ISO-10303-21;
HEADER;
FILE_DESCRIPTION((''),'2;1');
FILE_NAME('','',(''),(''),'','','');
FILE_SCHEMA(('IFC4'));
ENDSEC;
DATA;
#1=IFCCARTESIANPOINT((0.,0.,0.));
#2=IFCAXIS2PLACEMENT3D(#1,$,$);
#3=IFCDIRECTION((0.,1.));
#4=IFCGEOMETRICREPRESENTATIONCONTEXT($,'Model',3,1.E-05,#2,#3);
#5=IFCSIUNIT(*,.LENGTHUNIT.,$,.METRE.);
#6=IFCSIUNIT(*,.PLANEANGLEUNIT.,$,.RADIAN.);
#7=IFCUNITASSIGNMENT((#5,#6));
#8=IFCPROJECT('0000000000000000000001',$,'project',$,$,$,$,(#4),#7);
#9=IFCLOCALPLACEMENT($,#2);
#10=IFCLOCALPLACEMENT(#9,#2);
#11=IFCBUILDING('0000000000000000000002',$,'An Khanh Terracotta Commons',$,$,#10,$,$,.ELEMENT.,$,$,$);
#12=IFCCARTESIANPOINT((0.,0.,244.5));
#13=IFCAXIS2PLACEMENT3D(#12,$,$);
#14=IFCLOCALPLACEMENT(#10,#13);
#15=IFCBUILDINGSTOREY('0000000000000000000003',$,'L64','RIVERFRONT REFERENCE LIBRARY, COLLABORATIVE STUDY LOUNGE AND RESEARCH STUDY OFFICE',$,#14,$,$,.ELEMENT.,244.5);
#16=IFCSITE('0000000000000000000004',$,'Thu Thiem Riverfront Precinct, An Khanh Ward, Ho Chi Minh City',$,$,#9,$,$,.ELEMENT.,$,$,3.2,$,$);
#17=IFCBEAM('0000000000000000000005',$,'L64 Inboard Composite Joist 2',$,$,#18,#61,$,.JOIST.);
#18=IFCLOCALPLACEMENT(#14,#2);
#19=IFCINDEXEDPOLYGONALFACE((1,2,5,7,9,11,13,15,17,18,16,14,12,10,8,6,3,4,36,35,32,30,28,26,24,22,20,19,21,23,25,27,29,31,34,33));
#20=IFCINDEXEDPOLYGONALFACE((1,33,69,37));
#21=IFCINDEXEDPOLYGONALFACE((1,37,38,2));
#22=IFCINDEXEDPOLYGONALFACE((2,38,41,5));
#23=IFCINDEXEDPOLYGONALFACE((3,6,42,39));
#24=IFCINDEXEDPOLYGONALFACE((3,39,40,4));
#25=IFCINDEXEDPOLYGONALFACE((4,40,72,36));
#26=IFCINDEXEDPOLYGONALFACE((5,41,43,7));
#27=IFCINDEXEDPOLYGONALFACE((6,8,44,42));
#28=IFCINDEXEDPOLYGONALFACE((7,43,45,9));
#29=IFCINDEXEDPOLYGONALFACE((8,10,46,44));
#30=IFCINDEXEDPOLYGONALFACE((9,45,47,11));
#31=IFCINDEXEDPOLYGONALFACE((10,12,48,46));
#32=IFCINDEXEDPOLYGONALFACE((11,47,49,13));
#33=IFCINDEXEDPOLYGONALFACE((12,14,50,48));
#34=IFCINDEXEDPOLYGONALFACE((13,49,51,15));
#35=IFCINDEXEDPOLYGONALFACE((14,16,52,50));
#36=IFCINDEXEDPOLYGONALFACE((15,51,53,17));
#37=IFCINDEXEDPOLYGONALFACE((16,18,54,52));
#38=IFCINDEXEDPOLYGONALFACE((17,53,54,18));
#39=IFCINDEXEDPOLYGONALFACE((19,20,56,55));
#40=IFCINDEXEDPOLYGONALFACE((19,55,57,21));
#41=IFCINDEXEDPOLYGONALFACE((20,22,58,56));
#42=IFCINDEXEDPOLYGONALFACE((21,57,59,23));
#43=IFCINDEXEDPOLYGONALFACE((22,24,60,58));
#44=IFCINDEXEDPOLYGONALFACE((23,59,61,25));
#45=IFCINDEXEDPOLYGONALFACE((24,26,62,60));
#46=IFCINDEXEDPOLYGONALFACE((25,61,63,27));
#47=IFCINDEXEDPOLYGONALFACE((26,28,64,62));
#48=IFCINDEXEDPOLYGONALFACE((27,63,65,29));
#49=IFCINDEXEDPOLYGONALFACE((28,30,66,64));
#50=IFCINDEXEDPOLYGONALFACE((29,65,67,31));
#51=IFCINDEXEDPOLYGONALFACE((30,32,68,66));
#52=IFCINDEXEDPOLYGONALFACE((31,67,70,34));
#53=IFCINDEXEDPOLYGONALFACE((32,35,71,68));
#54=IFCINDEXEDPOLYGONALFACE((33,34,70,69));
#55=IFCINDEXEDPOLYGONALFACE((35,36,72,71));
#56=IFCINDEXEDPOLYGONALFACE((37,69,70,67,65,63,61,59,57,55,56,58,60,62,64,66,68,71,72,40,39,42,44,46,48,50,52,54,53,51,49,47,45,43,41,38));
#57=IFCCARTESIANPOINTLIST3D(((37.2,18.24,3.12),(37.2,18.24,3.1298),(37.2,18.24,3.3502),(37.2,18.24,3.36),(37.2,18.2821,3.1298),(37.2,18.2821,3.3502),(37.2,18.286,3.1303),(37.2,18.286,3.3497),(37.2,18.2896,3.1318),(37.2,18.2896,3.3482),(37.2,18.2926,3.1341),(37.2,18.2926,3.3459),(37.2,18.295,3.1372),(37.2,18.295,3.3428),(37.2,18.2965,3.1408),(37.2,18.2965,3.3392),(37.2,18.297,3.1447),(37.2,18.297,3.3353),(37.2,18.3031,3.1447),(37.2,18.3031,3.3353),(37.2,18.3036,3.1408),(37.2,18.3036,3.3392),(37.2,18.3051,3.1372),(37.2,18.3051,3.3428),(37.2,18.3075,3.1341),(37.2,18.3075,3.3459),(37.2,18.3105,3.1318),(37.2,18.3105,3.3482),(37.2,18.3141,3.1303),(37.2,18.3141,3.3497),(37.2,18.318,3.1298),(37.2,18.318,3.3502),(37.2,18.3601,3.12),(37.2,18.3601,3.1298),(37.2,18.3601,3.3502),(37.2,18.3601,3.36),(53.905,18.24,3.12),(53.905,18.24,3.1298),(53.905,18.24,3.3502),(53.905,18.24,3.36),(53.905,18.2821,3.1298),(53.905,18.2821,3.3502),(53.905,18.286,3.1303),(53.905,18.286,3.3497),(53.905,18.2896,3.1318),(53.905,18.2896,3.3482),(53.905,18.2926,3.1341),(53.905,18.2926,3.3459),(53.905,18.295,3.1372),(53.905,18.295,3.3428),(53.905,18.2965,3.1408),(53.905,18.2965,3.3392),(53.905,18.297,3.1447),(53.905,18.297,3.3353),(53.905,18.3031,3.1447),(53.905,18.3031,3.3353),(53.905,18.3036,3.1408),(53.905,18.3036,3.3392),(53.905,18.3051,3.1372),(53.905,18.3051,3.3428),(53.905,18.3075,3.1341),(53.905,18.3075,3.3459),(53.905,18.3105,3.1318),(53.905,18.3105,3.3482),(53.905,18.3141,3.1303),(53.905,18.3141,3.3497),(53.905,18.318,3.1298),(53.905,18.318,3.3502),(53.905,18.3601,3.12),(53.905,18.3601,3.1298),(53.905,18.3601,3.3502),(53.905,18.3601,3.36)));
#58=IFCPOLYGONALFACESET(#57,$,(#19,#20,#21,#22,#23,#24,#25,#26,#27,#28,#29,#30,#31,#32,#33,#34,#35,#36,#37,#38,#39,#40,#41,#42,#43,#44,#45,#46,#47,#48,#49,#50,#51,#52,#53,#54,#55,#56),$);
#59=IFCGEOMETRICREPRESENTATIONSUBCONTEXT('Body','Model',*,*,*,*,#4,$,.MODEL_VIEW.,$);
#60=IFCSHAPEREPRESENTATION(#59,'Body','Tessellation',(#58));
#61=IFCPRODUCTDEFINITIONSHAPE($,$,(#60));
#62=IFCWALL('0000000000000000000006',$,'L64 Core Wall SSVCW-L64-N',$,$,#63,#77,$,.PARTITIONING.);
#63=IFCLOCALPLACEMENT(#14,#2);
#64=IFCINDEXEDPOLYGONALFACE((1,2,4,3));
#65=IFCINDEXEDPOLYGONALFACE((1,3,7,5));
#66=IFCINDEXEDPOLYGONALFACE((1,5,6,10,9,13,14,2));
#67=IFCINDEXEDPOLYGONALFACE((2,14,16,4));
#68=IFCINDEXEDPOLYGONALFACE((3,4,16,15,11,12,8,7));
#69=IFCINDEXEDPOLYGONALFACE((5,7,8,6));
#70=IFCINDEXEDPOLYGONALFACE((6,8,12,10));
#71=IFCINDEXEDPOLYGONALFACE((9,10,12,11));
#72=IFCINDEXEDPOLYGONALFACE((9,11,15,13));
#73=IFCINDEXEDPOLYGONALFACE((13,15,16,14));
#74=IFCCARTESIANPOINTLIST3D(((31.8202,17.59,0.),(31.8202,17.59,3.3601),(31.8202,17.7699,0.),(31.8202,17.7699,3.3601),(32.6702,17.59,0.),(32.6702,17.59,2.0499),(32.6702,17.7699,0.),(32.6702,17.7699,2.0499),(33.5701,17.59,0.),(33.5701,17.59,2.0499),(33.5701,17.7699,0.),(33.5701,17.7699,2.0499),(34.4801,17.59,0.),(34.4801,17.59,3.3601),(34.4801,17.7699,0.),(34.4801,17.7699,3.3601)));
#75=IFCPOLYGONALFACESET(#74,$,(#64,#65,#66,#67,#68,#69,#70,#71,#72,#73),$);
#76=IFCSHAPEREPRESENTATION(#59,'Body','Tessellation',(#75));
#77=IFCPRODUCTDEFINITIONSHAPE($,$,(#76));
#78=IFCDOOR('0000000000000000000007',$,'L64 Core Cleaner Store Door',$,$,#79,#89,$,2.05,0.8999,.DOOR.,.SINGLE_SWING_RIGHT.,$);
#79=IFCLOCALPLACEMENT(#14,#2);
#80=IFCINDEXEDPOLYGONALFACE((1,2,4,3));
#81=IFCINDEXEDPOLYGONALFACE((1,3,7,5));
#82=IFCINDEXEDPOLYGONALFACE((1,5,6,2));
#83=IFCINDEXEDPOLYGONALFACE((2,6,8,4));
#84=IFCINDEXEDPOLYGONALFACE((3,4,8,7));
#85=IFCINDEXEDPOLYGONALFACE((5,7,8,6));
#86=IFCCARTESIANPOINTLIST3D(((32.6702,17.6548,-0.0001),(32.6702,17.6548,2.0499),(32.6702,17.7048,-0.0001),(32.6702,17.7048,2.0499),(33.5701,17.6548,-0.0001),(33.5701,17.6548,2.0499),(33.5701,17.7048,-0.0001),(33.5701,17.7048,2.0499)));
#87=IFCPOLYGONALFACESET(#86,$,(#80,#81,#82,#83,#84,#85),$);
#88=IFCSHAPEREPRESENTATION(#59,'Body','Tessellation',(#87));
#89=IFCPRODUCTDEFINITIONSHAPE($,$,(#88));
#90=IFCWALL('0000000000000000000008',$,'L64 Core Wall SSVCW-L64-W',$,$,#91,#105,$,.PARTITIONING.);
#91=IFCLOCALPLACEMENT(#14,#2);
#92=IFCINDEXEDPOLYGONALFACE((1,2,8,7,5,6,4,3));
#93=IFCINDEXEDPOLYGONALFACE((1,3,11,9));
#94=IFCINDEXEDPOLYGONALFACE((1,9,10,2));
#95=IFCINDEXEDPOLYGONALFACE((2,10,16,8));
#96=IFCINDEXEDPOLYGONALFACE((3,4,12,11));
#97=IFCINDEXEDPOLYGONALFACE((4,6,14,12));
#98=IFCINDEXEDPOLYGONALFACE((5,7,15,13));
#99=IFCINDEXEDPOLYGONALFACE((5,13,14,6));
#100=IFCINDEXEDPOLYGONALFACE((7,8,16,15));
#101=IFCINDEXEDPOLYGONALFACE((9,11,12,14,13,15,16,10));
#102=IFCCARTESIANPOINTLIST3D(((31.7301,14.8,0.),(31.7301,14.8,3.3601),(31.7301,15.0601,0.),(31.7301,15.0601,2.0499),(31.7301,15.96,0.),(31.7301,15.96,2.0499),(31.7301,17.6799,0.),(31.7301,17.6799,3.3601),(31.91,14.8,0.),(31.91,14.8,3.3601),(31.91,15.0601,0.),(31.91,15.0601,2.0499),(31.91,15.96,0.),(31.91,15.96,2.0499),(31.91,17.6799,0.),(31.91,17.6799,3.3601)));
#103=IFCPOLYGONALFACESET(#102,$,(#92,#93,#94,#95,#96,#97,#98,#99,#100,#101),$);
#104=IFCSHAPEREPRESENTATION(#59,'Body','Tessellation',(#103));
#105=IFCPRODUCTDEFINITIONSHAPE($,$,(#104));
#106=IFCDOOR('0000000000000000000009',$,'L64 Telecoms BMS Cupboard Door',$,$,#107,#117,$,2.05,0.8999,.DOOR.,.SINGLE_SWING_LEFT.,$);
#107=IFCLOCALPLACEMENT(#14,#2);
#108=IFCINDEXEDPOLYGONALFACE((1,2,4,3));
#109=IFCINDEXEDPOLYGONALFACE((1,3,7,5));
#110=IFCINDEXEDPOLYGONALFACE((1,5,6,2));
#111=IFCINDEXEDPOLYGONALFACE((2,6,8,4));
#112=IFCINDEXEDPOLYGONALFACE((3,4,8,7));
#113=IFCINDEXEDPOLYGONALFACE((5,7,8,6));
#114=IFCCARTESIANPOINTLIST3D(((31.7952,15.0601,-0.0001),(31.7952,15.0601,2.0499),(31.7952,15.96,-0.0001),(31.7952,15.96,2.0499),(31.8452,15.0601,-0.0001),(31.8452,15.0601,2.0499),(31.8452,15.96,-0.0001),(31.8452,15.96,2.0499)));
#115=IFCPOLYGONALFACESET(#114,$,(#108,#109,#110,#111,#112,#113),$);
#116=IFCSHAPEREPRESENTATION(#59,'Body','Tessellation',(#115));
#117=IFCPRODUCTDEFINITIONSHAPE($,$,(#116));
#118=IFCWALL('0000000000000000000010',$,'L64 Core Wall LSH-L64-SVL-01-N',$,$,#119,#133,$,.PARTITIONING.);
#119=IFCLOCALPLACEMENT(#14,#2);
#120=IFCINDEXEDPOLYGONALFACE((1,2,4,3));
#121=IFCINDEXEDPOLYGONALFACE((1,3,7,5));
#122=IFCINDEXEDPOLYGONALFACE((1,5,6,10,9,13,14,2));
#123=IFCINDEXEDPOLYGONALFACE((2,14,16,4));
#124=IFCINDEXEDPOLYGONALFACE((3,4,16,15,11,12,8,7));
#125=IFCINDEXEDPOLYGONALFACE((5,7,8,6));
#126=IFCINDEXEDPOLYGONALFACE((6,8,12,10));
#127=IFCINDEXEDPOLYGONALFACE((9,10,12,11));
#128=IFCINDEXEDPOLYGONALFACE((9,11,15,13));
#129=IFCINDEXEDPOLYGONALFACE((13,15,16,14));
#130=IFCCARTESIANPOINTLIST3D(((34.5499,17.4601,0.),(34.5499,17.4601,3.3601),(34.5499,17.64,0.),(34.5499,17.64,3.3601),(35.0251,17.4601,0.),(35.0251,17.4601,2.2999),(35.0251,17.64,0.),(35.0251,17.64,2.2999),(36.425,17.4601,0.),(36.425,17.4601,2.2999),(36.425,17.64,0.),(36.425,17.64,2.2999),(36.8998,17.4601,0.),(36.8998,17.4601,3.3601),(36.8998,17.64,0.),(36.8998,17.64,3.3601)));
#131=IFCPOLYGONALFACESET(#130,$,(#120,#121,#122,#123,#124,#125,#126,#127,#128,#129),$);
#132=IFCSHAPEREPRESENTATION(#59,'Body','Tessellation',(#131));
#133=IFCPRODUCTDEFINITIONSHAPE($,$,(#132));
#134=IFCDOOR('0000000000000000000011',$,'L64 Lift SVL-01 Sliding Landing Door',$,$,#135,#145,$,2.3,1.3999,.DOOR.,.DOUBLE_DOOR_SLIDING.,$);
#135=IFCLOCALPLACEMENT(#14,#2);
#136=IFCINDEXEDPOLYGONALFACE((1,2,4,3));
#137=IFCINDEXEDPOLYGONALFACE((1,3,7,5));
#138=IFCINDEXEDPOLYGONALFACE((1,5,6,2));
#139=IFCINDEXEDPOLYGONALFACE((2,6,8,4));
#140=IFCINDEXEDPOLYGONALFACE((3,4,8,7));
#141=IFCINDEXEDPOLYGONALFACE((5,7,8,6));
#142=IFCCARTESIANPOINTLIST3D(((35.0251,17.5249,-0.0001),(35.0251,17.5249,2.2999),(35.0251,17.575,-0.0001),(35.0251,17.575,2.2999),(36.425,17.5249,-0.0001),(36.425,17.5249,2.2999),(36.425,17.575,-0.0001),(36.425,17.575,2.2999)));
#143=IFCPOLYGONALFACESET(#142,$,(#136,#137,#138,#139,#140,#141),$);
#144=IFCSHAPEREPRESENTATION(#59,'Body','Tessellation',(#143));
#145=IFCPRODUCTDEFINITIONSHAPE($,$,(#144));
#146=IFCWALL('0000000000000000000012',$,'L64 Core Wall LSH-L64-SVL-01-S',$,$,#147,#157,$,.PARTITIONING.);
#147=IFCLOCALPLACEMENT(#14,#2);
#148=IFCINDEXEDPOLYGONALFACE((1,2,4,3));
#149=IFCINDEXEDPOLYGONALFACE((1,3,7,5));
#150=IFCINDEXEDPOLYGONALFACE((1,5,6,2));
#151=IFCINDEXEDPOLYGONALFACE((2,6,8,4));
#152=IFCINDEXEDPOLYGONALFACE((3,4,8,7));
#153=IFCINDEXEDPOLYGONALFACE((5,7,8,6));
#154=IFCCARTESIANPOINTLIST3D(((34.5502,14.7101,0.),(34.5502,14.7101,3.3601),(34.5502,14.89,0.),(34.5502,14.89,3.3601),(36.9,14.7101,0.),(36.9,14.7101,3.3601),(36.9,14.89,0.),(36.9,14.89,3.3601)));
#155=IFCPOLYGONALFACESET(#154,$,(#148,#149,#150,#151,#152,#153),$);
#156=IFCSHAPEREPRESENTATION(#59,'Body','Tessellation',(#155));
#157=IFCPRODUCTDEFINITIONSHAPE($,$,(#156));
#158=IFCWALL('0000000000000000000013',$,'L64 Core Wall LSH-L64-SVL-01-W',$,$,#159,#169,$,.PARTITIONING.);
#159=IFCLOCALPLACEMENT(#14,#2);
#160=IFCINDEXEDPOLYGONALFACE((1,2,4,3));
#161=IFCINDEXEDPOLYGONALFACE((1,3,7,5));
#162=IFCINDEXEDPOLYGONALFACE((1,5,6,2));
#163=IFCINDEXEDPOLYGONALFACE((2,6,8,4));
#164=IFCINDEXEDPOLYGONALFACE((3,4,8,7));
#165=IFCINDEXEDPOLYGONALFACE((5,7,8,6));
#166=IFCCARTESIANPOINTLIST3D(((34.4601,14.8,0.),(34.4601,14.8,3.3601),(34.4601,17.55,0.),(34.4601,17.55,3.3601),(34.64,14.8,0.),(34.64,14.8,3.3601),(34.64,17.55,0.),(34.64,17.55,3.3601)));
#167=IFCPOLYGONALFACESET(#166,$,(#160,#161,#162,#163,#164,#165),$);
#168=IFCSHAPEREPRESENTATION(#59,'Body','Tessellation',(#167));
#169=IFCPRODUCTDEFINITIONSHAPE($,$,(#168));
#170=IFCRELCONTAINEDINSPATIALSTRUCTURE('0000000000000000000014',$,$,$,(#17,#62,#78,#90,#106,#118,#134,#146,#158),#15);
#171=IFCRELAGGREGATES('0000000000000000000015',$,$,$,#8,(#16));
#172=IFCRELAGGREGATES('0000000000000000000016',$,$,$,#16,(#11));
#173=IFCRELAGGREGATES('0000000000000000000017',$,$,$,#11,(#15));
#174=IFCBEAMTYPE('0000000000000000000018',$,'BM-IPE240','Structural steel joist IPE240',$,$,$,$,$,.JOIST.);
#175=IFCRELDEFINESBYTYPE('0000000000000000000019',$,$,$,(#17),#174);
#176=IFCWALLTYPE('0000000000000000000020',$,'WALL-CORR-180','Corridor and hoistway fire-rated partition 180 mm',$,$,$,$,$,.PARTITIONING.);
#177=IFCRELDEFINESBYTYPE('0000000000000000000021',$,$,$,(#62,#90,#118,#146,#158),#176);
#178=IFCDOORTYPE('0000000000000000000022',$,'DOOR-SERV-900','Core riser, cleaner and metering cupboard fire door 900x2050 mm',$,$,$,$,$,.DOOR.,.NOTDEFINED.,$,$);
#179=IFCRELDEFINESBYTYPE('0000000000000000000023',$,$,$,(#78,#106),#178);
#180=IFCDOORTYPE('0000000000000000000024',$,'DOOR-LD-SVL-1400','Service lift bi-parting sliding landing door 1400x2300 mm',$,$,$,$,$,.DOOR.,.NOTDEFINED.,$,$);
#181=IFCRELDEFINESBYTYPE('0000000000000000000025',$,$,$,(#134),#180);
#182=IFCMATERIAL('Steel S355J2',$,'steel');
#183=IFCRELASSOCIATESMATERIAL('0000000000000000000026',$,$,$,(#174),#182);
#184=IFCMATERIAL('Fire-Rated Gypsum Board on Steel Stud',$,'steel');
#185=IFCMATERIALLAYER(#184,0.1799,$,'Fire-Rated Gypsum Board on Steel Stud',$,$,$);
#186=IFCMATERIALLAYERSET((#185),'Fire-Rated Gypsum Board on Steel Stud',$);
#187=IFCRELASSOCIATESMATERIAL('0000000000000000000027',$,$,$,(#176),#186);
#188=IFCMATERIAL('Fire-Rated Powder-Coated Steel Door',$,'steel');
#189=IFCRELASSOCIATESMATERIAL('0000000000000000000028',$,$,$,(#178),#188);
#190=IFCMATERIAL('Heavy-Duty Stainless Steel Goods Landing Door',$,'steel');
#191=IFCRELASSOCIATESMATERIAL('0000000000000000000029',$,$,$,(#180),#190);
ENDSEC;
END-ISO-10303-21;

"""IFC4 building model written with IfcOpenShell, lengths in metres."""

from ifc_helpers import new_model, si_unit, direction, frame, frame_2d, origin, origin_2d, place, context, subcontext, project, spatial, rectangle, i_section, extrude, material, layer, layer_set, material_profile, profile_set, type_object, element, fill, save


model = new_model("IFC4")

# Units and contexts
model_context = context("Model", 3, precision=1e-05, world=origin(), true_north=direction((0.0, 1.0)))
body_context = subcontext(model_context, "Body", "Model", "MODEL_VIEW")
ifc_project = project(units=[si_unit("LENGTHUNIT", "METRE"), si_unit("PLANEANGLEUNIT", "RADIAN")], contexts=[model_context])

# Site, building, storey
site_placement = place(None, origin())
site = spatial("IfcSite", under=ifc_project, at=site_placement, Name="Thu Thiem Riverfront Precinct, An Khanh Ward, Ho Chi Minh City", CompositionType="ELEMENT", RefElevation=3.2)
building_placement = place(site_placement, origin())
building = spatial("IfcBuilding", under=site, at=building_placement, Name="An Khanh Terracotta Commons", CompositionType="ELEMENT")
storey_placement = place(building_placement, frame((0.0, 0.0, 244.5)))
storey = spatial("IfcBuildingStorey", under=building, at=storey_placement, Name="L64", Description="RIVERFRONT REFERENCE LIBRARY, COLLABORATIVE STUDY LOUNGE AND RESEARCH STUDY OFFICE", CompositionType="ELEMENT", Elevation=244.5)

# Beam
ifc_material_1 = material(Name="Steel S355J2", Category="steel")
ifc_material_profile_1 = material_profile(ifc_material_1, i_section(OverallWidth=0.1201, OverallDepth=0.24, WebThickness=0.0061, FlangeThickness=0.0098, FilletRadius=0.0149, at=origin_2d()), Name="IPE240")
ifc_profile_set_1 = profile_set([ifc_material_profile_1], Name="Steel S355J2")
beam_type_1 = type_object("IfcBeamType", Name="BM-IPE240", Description="Structural steel joist IPE240", PredefinedType="JOIST", material=ifc_profile_set_1)
for number, where, z_axis, x_axis, name in (
    (1, (37.2, 18.3, 3.24), (1.0, 0.0, 0.0), (0.0, 1.0, 0.0), "L64 Inboard Composite Joist 2"),
):
    element("IfcBeam", number, at=place(storey_placement, frame(where, z_axis=z_axis, x_axis=x_axis)), inside=storey, type_object=beam_type_1, Name=name, PredefinedType="JOIST", context=body_context, shape_type="SweptSolid", body=[
        extrude(i_section(OverallWidth=0.1201, OverallDepth=0.24, WebThickness=0.0061, FlangeThickness=0.0098, FilletRadius=0.0149, at=origin_2d()), origin(), (0.0, 0.0, 1.0), 16.7051),
    ])

# Walls, openings, doors
ifc_material_2 = material(Name="Fire-Rated Gypsum Board on Steel Stud", Category="steel")
ifc_layer_1 = layer(ifc_material_2, 0.1799, Name="Fire-Rated Gypsum Board on Steel Stud")
ifc_layer_set_1 = layer_set([ifc_layer_1], Name="Fire-Rated Gypsum Board on Steel Stud")
wall_type_1 = type_object("IfcWallType", Name="WALL-CORR-180", Description="Corridor and hoistway fire-rated partition 180 mm", PredefinedType="PARTITIONING", material=ifc_layer_set_1)
wall_1_placement = place(storey_placement, frame((31.8201, 17.6799, 0.0), z_axis=(0.0, 0.0, 1.0), x_axis=(1.0, 0.0, 0.0)))
wall_1 = element("IfcWall", 2, at=wall_1_placement, inside=storey, type_object=wall_type_1, Name="L64 Core Wall SSVCW-L64-N", PredefinedType="PARTITIONING", context=body_context, shape_type="SweptSolid", body=[
    extrude(rectangle(XDim=2.6599, YDim=0.1799, at=frame_2d((1.3301, 0.0))), origin(), (0.0, 0.0, 1.0), 3.3601),
])
opening_1_placement = place(wall_1_placement, frame((0.8501, 0.0, 0.0)))
opening_1 = element("IfcOpeningElement", 3, at=opening_1_placement, cuts=wall_1, PredefinedType="OPENING", context=body_context, shape_type="SweptSolid", body=[
    extrude(rectangle(XDim=0.8999, YDim=2.05, at=frame_2d((0.45, 1.0249))), frame((0.0, 0.0999, 0.0), z_axis=(0.0, -1.0, 0.0), x_axis=(1.0, 0.0, 0.0)), (0.0, 0.0, 1.0), 0.2),
])
ifc_material_3 = material(Name="Fire-Rated Powder-Coated Steel Door", Category="steel")
door_type_1 = type_object("IfcDoorType", Name="DOOR-SERV-900", Description="Core riser, cleaner and metering cupboard fire door 900x2050 mm", OperationType="NOTDEFINED", PredefinedType="DOOR", material=ifc_material_3)
door_1_placement = place(opening_1_placement, origin())
door_1 = element("IfcDoor", 4, at=door_1_placement, inside=storey, type_object=door_type_1, Name="L64 Core Cleaner Store Door", OperationType="SINGLE_SWING_RIGHT", OverallHeight=2.05, OverallWidth=0.8999, PredefinedType="DOOR", context=body_context, shape_type="SweptSolid", body=[
    extrude(rectangle(XDim=0.8999, YDim=2.05, at=frame_2d((0.45, 1.0249))), frame((0.0, 0.0249, 0.0), z_axis=(0.0, -1.0, 0.0), x_axis=(1.0, 0.0, 0.0)), (0.0, 0.0, 1.0), 0.05),
])
fill(opening_1, door_1)
wall_2_placement = place(storey_placement, frame((31.8201, 14.8, 0.0), z_axis=(0.0, 0.0, 1.0), x_axis=(0.0, 1.0, 0.0)))
wall_2 = element("IfcWall", 5, at=wall_2_placement, inside=storey, type_object=wall_type_1, Name="L64 Core Wall SSVCW-L64-W", PredefinedType="PARTITIONING", context=body_context, shape_type="SweptSolid", body=[
    extrude(rectangle(XDim=2.8799, YDim=0.1799, at=frame_2d((1.4399, 0.0))), origin(), (0.0, 0.0, 1.0), 3.3601),
])
opening_2_placement = place(wall_2_placement, frame((0.26, 0.0, 0.0)))
opening_2 = element("IfcOpeningElement", 6, at=opening_2_placement, cuts=wall_2, PredefinedType="OPENING", context=body_context, shape_type="SweptSolid", body=[
    extrude(rectangle(XDim=0.8999, YDim=2.05, at=frame_2d((0.45, 1.0249))), frame((0.0, 0.0999, 0.0), z_axis=(0.0, -1.0, 0.0), x_axis=(1.0, 0.0, 0.0)), (0.0, 0.0, 1.0), 0.2),
])
door_2_placement = place(opening_2_placement, origin())
door_2 = element("IfcDoor", 7, at=door_2_placement, inside=storey, type_object=door_type_1, Name="L64 Telecoms BMS Cupboard Door", OperationType="SINGLE_SWING_LEFT", OverallHeight=2.05, OverallWidth=0.8999, PredefinedType="DOOR", context=body_context, shape_type="SweptSolid", body=[
    extrude(rectangle(XDim=0.8999, YDim=2.05, at=frame_2d((0.45, 1.0249))), frame((0.0, 0.0249, 0.0), z_axis=(0.0, -1.0, 0.0), x_axis=(1.0, 0.0, 0.0)), (0.0, 0.0, 1.0), 0.05),
])
fill(opening_2, door_2)
wall_3_placement = place(storey_placement, frame((34.55, 17.55, 0.0), z_axis=(0.0, 0.0, 1.0), x_axis=(1.0, 0.0, 0.0)))
wall_3 = element("IfcWall", 8, at=wall_3_placement, inside=storey, type_object=wall_type_1, Name="L64 Core Wall LSH-L64-SVL-01-N", PredefinedType="PARTITIONING", context=body_context, shape_type="SweptSolid", body=[
    extrude(rectangle(XDim=2.3499, YDim=0.1799, at=frame_2d((1.1748, 0.0))), origin(), (0.0, 0.0, 1.0), 3.3601),
])
opening_3_placement = place(wall_3_placement, frame((0.4751, 0.0, 0.0)))
opening_3 = element("IfcOpeningElement", 9, at=opening_3_placement, cuts=wall_3, PredefinedType="OPENING", context=body_context, shape_type="SweptSolid", body=[
    extrude(rectangle(XDim=1.3999, YDim=2.3, at=frame_2d((0.7, 1.1499))), frame((0.0, 0.0999, 0.0), z_axis=(0.0, -1.0, 0.0), x_axis=(1.0, 0.0, 0.0)), (0.0, 0.0, 1.0), 0.2),
])
ifc_material_4 = material(Name="Heavy-Duty Stainless Steel Goods Landing Door", Category="steel")
door_type_2 = type_object("IfcDoorType", Name="DOOR-LD-SVL-1400", Description="Service lift bi-parting sliding landing door 1400x2300 mm", OperationType="NOTDEFINED", PredefinedType="DOOR", material=ifc_material_4)
door_3_placement = place(opening_3_placement, origin())
door_3 = element("IfcDoor", 10, at=door_3_placement, inside=storey, type_object=door_type_2, Name="L64 Lift SVL-01 Sliding Landing Door", OperationType="DOUBLE_DOOR_SLIDING", OverallHeight=2.3, OverallWidth=1.3999, PredefinedType="DOOR", context=body_context, shape_type="SweptSolid", body=[
    extrude(rectangle(XDim=1.3999, YDim=2.3, at=frame_2d((0.7, 1.1499))), frame((0.0, 0.0249, 0.0), z_axis=(0.0, -1.0, 0.0), x_axis=(1.0, 0.0, 0.0)), (0.0, 0.0, 1.0), 0.05),
])
fill(opening_3, door_3)

# Walls
wall_4_placement = place(storey_placement, frame((36.8999, 14.8, 0.0), z_axis=(0.0, 0.0, 1.0), x_axis=(-1.0, 0.0, 0.0)))
element("IfcWall", 11, at=wall_4_placement, inside=storey, type_object=wall_type_1, Name="L64 Core Wall LSH-L64-SVL-01-S", PredefinedType="PARTITIONING", context=body_context, shape_type="SweptSolid", body=[
    extrude(rectangle(XDim=2.3499, YDim=0.1799, at=frame_2d((1.1748, 0.0))), origin(), (0.0, 0.0, 1.0), 3.3601),
])
wall_5_placement = place(storey_placement, frame((34.55, 17.55, 0.0), z_axis=(0.0, 0.0, 1.0), x_axis=(0.0, -1.0, 0.0)))
element("IfcWall", 12, at=wall_5_placement, inside=storey, type_object=wall_type_1, Name="L64 Core Wall LSH-L64-SVL-01-W", PredefinedType="PARTITIONING", context=body_context, shape_type="SweptSolid", body=[
    extrude(rectangle(XDim=2.75, YDim=0.1799, at=frame_2d((1.375, 0.0))), origin(), (0.0, 0.0, 1.0), 3.3601),
])

save(model, "model.ifc")
